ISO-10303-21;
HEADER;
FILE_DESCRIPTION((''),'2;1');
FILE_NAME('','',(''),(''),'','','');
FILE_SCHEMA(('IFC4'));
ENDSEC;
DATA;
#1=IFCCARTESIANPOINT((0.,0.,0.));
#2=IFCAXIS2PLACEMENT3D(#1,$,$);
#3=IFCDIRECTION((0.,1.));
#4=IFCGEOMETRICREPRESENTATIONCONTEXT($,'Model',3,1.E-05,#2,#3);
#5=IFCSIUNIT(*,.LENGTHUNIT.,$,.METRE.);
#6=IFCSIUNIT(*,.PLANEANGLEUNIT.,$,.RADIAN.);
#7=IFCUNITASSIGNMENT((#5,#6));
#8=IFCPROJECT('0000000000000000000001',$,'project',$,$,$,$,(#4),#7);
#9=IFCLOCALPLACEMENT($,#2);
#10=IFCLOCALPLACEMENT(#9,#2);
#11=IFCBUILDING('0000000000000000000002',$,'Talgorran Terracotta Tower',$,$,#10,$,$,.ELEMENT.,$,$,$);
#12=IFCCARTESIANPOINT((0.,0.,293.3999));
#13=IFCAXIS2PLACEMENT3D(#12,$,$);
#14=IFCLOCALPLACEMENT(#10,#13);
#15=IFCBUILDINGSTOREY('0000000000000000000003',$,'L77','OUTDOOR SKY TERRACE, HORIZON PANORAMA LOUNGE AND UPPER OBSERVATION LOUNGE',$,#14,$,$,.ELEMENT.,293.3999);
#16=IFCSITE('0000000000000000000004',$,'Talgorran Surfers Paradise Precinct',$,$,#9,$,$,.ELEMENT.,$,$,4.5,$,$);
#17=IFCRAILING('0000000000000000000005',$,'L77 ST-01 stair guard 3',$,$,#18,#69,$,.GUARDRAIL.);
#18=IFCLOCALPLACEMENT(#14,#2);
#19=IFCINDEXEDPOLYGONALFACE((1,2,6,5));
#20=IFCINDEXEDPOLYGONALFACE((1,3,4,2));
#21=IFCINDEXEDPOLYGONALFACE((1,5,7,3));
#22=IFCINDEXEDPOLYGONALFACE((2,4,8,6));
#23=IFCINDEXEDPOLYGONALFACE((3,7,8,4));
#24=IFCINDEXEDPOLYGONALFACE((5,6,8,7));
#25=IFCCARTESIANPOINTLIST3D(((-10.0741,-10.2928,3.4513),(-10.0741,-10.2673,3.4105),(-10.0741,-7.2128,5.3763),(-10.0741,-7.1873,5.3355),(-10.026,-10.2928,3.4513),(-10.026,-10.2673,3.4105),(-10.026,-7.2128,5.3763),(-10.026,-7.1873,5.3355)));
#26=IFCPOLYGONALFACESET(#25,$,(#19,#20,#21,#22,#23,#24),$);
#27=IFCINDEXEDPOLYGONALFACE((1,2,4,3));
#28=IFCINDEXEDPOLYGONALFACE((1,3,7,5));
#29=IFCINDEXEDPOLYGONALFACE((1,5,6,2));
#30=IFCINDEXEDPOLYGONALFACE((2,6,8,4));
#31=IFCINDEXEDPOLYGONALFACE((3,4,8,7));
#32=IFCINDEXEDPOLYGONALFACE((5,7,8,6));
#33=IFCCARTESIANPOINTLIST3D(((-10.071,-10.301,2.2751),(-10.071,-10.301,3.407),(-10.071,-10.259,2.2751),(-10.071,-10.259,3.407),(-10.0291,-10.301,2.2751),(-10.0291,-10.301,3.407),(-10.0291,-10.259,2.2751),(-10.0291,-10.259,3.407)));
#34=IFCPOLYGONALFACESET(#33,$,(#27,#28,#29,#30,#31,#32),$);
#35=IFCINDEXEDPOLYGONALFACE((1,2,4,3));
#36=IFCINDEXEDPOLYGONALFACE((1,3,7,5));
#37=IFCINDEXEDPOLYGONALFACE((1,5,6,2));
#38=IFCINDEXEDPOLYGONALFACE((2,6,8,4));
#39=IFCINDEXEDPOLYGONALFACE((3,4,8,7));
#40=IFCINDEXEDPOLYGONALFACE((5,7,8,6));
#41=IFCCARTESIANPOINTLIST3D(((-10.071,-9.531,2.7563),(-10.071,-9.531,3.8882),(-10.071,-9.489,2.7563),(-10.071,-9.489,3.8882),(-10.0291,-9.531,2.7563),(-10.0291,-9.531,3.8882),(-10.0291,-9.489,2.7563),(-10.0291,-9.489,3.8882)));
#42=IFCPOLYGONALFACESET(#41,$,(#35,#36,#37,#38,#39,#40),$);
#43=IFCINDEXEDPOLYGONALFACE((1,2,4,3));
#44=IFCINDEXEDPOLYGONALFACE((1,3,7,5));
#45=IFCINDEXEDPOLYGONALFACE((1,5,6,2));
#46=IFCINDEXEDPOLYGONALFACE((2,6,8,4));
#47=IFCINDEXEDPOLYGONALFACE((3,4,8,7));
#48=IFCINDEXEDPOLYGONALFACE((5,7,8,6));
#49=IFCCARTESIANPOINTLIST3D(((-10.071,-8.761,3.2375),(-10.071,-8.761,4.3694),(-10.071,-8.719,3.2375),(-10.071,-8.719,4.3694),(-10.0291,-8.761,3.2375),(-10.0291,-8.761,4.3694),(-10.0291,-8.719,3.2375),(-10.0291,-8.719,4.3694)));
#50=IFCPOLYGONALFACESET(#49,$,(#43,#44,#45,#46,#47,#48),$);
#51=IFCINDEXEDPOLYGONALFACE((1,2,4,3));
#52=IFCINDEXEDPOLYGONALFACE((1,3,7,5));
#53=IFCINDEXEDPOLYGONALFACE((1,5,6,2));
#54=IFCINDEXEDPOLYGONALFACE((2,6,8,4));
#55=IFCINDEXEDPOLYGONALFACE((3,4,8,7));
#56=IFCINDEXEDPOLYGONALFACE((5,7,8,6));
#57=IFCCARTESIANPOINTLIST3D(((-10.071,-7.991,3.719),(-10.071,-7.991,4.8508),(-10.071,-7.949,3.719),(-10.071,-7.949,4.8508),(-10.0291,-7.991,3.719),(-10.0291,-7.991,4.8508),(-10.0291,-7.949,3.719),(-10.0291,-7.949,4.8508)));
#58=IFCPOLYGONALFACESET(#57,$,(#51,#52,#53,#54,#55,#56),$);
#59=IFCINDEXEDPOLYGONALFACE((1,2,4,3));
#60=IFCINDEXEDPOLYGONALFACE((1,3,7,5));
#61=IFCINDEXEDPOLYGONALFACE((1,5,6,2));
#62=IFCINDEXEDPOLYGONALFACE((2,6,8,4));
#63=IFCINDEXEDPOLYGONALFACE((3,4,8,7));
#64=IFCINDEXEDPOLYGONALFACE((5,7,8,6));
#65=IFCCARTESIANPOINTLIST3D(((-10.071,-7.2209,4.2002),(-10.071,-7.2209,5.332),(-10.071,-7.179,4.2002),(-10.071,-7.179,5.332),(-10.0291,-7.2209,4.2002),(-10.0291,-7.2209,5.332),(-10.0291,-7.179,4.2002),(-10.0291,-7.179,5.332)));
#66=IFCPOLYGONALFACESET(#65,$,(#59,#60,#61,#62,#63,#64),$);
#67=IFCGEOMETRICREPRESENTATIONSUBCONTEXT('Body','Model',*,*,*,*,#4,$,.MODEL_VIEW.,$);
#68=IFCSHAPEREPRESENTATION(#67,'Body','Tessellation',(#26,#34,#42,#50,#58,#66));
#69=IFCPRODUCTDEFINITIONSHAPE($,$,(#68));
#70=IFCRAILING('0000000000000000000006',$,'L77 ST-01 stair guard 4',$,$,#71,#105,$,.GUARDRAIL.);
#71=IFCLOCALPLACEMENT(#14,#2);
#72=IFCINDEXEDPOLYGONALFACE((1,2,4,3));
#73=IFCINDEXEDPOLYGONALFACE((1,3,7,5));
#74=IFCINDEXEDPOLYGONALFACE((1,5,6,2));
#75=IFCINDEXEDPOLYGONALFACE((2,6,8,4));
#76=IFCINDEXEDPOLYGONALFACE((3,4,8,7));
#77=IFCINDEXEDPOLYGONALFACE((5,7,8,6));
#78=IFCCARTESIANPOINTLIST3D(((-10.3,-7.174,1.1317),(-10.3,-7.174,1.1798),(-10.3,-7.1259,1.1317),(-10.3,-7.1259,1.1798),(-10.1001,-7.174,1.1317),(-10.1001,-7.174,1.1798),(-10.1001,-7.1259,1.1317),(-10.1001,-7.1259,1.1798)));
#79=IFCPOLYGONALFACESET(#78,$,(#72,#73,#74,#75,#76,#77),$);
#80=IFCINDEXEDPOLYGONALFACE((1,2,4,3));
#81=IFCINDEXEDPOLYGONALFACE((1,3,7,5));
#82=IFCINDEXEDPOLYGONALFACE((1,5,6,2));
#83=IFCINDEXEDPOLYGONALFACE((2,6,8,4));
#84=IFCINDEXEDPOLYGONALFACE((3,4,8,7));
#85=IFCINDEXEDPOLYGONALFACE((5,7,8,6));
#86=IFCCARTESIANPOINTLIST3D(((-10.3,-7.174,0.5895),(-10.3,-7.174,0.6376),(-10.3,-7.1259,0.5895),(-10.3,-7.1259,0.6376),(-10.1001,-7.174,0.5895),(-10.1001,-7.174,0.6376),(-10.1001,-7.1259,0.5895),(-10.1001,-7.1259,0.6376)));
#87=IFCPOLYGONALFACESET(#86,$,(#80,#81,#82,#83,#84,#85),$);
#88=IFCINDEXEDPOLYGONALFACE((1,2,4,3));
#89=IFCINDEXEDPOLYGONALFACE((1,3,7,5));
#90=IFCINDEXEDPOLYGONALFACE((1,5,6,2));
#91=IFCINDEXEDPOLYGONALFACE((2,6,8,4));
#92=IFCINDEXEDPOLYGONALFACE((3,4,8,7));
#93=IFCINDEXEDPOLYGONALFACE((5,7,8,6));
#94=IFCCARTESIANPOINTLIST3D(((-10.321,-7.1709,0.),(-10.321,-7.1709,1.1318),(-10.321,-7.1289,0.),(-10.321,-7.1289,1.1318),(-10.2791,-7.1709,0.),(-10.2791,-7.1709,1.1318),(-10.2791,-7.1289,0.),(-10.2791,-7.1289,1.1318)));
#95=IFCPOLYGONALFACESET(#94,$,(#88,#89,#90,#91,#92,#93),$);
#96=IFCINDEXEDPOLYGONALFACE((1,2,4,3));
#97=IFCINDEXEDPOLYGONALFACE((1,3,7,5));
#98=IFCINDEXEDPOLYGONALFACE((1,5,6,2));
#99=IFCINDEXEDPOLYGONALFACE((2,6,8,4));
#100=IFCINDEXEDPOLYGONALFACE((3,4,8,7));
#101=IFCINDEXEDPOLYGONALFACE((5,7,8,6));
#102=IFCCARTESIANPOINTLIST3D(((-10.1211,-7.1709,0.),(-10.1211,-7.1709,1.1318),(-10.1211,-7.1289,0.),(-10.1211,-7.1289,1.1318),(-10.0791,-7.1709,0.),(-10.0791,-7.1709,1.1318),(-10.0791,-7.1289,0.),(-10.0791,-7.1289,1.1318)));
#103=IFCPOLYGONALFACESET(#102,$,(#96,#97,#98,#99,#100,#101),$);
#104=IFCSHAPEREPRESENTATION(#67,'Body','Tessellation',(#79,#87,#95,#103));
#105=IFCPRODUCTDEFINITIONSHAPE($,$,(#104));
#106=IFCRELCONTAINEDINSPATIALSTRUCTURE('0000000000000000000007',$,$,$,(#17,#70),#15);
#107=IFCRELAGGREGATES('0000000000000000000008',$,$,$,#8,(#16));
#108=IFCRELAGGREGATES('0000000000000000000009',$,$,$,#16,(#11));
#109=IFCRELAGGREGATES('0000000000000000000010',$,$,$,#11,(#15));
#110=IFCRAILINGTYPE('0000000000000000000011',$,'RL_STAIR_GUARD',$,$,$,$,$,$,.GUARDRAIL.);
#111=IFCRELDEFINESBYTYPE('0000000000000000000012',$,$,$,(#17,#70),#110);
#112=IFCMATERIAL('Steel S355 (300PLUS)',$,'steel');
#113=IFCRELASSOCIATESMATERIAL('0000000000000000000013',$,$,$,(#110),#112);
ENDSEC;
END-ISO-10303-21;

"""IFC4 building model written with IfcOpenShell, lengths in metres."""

from ifc_helpers import new_model, si_unit, direction, frame, origin, origin_2d, place, context, subcontext, project, spatial, rectangle, extrude, material, type_object, element, save


model = new_model("IFC4")

# Units and contexts
model_context = context("Model", 3, precision=1e-05, world=origin(), true_north=direction((0.0, 1.0)))
body_context = subcontext(model_context, "Body", "Model", "MODEL_VIEW")
ifc_project = project(units=[si_unit("LENGTHUNIT", "METRE"), si_unit("PLANEANGLEUNIT", "RADIAN")], contexts=[model_context])

# Site, building, storey
site_placement = place(None, origin())
site = spatial("IfcSite", under=ifc_project, at=site_placement, Name="Talgorran Surfers Paradise Precinct", CompositionType="ELEMENT", RefElevation=4.5)
building_placement = place(site_placement, origin())
building = spatial("IfcBuilding", under=site, at=building_placement, Name="Talgorran Terracotta Tower", CompositionType="ELEMENT")
storey_placement = place(building_placement, frame((0.0, 0.0, 293.3999)))
storey = spatial("IfcBuildingStorey", under=building, at=storey_placement, Name="L77", Description="OUTDOOR SKY TERRACE, HORIZON PANORAMA LOUNGE AND UPPER OBSERVATION LOUNGE", CompositionType="ELEMENT", Elevation=293.3999)

# Shared definitions
ifc_material_1 = material(Name="Steel S355 (300PLUS)", Category="steel")

# Railings
railing_type_1 = type_object("IfcRailingType", Name="RL_STAIR_GUARD", PredefinedType="GUARDRAIL", material=ifc_material_1)
railing_1_placement = place(storey_placement, frame((-10.05, -10.28, 2.2751)))
element("IfcRailing", 1, at=railing_1_placement, inside=storey, type_object=railing_type_1, Name="L77 ST-01 stair guard 3", PredefinedType="GUARDRAIL", context=body_context, shape_type="SweptSolid", body=[
    extrude(rectangle(XDim=0.0481, YDim=0.0481, at=origin_2d()), frame((0.0, 0.0, 1.1558), z_axis=(0.0, 0.847998, 0.529999), x_axis=(-1.0, 0.0, 0.0)), (0.0, 0.0, 1.0), 3.6321),
    extrude(rectangle(XDim=0.042, YDim=0.042, at=origin_2d()), origin(), (0.0, 0.0, 1.0), 1.1318),
    extrude(rectangle(XDim=0.042, YDim=0.042, at=origin_2d()), frame((0.0, 0.77, 0.4812)), (0.0, 0.0, 1.0), 1.1318),
    extrude(rectangle(XDim=0.042, YDim=0.042, at=origin_2d()), frame((0.0, 1.54, 0.9624)), (0.0, 0.0, 1.0), 1.1318),
    extrude(rectangle(XDim=0.042, YDim=0.042, at=origin_2d()), frame((0.0, 2.3101, 1.4438)), (0.0, 0.0, 1.0), 1.1318),
    extrude(rectangle(XDim=0.042, YDim=0.042, at=origin_2d()), frame((0.0, 3.0801, 1.925)), (0.0, 0.0, 1.0), 1.1318),
])
railing_2_placement = place(storey_placement, frame((-10.3, -7.1499, 0.0)))
element("IfcRailing", 2, at=railing_2_placement, inside=storey, type_object=railing_type_1, Name="L77 ST-01 stair guard 4", PredefinedType="GUARDRAIL", context=body_context, shape_type="SweptSolid", body=[
    extrude(rectangle(XDim=0.0481, YDim=0.0481, at=origin_2d()), frame((0.0, 0.0, 1.1558), z_axis=(1.0, 0.0, 0.0), x_axis=(0.0, 1.0, 0.0)), (0.0, 0.0, 1.0), 0.2),
    extrude(rectangle(XDim=0.0481, YDim=0.0481, at=origin_2d()), frame((0.0, 0.0, 0.6135), z_axis=(1.0, 0.0, 0.0), x_axis=(0.0, 1.0, 0.0)), (0.0, 0.0, 1.0), 0.2),
    extrude(rectangle(XDim=0.042, YDim=0.042, at=origin_2d()), origin(), (0.0, 0.0, 1.0), 1.1318),
    extrude(rectangle(XDim=0.042, YDim=0.042, at=origin_2d()), frame((0.2, 0.0, 0.0)), (0.0, 0.0, 1.0), 1.1318),
])

save(model, "model.ifc")
